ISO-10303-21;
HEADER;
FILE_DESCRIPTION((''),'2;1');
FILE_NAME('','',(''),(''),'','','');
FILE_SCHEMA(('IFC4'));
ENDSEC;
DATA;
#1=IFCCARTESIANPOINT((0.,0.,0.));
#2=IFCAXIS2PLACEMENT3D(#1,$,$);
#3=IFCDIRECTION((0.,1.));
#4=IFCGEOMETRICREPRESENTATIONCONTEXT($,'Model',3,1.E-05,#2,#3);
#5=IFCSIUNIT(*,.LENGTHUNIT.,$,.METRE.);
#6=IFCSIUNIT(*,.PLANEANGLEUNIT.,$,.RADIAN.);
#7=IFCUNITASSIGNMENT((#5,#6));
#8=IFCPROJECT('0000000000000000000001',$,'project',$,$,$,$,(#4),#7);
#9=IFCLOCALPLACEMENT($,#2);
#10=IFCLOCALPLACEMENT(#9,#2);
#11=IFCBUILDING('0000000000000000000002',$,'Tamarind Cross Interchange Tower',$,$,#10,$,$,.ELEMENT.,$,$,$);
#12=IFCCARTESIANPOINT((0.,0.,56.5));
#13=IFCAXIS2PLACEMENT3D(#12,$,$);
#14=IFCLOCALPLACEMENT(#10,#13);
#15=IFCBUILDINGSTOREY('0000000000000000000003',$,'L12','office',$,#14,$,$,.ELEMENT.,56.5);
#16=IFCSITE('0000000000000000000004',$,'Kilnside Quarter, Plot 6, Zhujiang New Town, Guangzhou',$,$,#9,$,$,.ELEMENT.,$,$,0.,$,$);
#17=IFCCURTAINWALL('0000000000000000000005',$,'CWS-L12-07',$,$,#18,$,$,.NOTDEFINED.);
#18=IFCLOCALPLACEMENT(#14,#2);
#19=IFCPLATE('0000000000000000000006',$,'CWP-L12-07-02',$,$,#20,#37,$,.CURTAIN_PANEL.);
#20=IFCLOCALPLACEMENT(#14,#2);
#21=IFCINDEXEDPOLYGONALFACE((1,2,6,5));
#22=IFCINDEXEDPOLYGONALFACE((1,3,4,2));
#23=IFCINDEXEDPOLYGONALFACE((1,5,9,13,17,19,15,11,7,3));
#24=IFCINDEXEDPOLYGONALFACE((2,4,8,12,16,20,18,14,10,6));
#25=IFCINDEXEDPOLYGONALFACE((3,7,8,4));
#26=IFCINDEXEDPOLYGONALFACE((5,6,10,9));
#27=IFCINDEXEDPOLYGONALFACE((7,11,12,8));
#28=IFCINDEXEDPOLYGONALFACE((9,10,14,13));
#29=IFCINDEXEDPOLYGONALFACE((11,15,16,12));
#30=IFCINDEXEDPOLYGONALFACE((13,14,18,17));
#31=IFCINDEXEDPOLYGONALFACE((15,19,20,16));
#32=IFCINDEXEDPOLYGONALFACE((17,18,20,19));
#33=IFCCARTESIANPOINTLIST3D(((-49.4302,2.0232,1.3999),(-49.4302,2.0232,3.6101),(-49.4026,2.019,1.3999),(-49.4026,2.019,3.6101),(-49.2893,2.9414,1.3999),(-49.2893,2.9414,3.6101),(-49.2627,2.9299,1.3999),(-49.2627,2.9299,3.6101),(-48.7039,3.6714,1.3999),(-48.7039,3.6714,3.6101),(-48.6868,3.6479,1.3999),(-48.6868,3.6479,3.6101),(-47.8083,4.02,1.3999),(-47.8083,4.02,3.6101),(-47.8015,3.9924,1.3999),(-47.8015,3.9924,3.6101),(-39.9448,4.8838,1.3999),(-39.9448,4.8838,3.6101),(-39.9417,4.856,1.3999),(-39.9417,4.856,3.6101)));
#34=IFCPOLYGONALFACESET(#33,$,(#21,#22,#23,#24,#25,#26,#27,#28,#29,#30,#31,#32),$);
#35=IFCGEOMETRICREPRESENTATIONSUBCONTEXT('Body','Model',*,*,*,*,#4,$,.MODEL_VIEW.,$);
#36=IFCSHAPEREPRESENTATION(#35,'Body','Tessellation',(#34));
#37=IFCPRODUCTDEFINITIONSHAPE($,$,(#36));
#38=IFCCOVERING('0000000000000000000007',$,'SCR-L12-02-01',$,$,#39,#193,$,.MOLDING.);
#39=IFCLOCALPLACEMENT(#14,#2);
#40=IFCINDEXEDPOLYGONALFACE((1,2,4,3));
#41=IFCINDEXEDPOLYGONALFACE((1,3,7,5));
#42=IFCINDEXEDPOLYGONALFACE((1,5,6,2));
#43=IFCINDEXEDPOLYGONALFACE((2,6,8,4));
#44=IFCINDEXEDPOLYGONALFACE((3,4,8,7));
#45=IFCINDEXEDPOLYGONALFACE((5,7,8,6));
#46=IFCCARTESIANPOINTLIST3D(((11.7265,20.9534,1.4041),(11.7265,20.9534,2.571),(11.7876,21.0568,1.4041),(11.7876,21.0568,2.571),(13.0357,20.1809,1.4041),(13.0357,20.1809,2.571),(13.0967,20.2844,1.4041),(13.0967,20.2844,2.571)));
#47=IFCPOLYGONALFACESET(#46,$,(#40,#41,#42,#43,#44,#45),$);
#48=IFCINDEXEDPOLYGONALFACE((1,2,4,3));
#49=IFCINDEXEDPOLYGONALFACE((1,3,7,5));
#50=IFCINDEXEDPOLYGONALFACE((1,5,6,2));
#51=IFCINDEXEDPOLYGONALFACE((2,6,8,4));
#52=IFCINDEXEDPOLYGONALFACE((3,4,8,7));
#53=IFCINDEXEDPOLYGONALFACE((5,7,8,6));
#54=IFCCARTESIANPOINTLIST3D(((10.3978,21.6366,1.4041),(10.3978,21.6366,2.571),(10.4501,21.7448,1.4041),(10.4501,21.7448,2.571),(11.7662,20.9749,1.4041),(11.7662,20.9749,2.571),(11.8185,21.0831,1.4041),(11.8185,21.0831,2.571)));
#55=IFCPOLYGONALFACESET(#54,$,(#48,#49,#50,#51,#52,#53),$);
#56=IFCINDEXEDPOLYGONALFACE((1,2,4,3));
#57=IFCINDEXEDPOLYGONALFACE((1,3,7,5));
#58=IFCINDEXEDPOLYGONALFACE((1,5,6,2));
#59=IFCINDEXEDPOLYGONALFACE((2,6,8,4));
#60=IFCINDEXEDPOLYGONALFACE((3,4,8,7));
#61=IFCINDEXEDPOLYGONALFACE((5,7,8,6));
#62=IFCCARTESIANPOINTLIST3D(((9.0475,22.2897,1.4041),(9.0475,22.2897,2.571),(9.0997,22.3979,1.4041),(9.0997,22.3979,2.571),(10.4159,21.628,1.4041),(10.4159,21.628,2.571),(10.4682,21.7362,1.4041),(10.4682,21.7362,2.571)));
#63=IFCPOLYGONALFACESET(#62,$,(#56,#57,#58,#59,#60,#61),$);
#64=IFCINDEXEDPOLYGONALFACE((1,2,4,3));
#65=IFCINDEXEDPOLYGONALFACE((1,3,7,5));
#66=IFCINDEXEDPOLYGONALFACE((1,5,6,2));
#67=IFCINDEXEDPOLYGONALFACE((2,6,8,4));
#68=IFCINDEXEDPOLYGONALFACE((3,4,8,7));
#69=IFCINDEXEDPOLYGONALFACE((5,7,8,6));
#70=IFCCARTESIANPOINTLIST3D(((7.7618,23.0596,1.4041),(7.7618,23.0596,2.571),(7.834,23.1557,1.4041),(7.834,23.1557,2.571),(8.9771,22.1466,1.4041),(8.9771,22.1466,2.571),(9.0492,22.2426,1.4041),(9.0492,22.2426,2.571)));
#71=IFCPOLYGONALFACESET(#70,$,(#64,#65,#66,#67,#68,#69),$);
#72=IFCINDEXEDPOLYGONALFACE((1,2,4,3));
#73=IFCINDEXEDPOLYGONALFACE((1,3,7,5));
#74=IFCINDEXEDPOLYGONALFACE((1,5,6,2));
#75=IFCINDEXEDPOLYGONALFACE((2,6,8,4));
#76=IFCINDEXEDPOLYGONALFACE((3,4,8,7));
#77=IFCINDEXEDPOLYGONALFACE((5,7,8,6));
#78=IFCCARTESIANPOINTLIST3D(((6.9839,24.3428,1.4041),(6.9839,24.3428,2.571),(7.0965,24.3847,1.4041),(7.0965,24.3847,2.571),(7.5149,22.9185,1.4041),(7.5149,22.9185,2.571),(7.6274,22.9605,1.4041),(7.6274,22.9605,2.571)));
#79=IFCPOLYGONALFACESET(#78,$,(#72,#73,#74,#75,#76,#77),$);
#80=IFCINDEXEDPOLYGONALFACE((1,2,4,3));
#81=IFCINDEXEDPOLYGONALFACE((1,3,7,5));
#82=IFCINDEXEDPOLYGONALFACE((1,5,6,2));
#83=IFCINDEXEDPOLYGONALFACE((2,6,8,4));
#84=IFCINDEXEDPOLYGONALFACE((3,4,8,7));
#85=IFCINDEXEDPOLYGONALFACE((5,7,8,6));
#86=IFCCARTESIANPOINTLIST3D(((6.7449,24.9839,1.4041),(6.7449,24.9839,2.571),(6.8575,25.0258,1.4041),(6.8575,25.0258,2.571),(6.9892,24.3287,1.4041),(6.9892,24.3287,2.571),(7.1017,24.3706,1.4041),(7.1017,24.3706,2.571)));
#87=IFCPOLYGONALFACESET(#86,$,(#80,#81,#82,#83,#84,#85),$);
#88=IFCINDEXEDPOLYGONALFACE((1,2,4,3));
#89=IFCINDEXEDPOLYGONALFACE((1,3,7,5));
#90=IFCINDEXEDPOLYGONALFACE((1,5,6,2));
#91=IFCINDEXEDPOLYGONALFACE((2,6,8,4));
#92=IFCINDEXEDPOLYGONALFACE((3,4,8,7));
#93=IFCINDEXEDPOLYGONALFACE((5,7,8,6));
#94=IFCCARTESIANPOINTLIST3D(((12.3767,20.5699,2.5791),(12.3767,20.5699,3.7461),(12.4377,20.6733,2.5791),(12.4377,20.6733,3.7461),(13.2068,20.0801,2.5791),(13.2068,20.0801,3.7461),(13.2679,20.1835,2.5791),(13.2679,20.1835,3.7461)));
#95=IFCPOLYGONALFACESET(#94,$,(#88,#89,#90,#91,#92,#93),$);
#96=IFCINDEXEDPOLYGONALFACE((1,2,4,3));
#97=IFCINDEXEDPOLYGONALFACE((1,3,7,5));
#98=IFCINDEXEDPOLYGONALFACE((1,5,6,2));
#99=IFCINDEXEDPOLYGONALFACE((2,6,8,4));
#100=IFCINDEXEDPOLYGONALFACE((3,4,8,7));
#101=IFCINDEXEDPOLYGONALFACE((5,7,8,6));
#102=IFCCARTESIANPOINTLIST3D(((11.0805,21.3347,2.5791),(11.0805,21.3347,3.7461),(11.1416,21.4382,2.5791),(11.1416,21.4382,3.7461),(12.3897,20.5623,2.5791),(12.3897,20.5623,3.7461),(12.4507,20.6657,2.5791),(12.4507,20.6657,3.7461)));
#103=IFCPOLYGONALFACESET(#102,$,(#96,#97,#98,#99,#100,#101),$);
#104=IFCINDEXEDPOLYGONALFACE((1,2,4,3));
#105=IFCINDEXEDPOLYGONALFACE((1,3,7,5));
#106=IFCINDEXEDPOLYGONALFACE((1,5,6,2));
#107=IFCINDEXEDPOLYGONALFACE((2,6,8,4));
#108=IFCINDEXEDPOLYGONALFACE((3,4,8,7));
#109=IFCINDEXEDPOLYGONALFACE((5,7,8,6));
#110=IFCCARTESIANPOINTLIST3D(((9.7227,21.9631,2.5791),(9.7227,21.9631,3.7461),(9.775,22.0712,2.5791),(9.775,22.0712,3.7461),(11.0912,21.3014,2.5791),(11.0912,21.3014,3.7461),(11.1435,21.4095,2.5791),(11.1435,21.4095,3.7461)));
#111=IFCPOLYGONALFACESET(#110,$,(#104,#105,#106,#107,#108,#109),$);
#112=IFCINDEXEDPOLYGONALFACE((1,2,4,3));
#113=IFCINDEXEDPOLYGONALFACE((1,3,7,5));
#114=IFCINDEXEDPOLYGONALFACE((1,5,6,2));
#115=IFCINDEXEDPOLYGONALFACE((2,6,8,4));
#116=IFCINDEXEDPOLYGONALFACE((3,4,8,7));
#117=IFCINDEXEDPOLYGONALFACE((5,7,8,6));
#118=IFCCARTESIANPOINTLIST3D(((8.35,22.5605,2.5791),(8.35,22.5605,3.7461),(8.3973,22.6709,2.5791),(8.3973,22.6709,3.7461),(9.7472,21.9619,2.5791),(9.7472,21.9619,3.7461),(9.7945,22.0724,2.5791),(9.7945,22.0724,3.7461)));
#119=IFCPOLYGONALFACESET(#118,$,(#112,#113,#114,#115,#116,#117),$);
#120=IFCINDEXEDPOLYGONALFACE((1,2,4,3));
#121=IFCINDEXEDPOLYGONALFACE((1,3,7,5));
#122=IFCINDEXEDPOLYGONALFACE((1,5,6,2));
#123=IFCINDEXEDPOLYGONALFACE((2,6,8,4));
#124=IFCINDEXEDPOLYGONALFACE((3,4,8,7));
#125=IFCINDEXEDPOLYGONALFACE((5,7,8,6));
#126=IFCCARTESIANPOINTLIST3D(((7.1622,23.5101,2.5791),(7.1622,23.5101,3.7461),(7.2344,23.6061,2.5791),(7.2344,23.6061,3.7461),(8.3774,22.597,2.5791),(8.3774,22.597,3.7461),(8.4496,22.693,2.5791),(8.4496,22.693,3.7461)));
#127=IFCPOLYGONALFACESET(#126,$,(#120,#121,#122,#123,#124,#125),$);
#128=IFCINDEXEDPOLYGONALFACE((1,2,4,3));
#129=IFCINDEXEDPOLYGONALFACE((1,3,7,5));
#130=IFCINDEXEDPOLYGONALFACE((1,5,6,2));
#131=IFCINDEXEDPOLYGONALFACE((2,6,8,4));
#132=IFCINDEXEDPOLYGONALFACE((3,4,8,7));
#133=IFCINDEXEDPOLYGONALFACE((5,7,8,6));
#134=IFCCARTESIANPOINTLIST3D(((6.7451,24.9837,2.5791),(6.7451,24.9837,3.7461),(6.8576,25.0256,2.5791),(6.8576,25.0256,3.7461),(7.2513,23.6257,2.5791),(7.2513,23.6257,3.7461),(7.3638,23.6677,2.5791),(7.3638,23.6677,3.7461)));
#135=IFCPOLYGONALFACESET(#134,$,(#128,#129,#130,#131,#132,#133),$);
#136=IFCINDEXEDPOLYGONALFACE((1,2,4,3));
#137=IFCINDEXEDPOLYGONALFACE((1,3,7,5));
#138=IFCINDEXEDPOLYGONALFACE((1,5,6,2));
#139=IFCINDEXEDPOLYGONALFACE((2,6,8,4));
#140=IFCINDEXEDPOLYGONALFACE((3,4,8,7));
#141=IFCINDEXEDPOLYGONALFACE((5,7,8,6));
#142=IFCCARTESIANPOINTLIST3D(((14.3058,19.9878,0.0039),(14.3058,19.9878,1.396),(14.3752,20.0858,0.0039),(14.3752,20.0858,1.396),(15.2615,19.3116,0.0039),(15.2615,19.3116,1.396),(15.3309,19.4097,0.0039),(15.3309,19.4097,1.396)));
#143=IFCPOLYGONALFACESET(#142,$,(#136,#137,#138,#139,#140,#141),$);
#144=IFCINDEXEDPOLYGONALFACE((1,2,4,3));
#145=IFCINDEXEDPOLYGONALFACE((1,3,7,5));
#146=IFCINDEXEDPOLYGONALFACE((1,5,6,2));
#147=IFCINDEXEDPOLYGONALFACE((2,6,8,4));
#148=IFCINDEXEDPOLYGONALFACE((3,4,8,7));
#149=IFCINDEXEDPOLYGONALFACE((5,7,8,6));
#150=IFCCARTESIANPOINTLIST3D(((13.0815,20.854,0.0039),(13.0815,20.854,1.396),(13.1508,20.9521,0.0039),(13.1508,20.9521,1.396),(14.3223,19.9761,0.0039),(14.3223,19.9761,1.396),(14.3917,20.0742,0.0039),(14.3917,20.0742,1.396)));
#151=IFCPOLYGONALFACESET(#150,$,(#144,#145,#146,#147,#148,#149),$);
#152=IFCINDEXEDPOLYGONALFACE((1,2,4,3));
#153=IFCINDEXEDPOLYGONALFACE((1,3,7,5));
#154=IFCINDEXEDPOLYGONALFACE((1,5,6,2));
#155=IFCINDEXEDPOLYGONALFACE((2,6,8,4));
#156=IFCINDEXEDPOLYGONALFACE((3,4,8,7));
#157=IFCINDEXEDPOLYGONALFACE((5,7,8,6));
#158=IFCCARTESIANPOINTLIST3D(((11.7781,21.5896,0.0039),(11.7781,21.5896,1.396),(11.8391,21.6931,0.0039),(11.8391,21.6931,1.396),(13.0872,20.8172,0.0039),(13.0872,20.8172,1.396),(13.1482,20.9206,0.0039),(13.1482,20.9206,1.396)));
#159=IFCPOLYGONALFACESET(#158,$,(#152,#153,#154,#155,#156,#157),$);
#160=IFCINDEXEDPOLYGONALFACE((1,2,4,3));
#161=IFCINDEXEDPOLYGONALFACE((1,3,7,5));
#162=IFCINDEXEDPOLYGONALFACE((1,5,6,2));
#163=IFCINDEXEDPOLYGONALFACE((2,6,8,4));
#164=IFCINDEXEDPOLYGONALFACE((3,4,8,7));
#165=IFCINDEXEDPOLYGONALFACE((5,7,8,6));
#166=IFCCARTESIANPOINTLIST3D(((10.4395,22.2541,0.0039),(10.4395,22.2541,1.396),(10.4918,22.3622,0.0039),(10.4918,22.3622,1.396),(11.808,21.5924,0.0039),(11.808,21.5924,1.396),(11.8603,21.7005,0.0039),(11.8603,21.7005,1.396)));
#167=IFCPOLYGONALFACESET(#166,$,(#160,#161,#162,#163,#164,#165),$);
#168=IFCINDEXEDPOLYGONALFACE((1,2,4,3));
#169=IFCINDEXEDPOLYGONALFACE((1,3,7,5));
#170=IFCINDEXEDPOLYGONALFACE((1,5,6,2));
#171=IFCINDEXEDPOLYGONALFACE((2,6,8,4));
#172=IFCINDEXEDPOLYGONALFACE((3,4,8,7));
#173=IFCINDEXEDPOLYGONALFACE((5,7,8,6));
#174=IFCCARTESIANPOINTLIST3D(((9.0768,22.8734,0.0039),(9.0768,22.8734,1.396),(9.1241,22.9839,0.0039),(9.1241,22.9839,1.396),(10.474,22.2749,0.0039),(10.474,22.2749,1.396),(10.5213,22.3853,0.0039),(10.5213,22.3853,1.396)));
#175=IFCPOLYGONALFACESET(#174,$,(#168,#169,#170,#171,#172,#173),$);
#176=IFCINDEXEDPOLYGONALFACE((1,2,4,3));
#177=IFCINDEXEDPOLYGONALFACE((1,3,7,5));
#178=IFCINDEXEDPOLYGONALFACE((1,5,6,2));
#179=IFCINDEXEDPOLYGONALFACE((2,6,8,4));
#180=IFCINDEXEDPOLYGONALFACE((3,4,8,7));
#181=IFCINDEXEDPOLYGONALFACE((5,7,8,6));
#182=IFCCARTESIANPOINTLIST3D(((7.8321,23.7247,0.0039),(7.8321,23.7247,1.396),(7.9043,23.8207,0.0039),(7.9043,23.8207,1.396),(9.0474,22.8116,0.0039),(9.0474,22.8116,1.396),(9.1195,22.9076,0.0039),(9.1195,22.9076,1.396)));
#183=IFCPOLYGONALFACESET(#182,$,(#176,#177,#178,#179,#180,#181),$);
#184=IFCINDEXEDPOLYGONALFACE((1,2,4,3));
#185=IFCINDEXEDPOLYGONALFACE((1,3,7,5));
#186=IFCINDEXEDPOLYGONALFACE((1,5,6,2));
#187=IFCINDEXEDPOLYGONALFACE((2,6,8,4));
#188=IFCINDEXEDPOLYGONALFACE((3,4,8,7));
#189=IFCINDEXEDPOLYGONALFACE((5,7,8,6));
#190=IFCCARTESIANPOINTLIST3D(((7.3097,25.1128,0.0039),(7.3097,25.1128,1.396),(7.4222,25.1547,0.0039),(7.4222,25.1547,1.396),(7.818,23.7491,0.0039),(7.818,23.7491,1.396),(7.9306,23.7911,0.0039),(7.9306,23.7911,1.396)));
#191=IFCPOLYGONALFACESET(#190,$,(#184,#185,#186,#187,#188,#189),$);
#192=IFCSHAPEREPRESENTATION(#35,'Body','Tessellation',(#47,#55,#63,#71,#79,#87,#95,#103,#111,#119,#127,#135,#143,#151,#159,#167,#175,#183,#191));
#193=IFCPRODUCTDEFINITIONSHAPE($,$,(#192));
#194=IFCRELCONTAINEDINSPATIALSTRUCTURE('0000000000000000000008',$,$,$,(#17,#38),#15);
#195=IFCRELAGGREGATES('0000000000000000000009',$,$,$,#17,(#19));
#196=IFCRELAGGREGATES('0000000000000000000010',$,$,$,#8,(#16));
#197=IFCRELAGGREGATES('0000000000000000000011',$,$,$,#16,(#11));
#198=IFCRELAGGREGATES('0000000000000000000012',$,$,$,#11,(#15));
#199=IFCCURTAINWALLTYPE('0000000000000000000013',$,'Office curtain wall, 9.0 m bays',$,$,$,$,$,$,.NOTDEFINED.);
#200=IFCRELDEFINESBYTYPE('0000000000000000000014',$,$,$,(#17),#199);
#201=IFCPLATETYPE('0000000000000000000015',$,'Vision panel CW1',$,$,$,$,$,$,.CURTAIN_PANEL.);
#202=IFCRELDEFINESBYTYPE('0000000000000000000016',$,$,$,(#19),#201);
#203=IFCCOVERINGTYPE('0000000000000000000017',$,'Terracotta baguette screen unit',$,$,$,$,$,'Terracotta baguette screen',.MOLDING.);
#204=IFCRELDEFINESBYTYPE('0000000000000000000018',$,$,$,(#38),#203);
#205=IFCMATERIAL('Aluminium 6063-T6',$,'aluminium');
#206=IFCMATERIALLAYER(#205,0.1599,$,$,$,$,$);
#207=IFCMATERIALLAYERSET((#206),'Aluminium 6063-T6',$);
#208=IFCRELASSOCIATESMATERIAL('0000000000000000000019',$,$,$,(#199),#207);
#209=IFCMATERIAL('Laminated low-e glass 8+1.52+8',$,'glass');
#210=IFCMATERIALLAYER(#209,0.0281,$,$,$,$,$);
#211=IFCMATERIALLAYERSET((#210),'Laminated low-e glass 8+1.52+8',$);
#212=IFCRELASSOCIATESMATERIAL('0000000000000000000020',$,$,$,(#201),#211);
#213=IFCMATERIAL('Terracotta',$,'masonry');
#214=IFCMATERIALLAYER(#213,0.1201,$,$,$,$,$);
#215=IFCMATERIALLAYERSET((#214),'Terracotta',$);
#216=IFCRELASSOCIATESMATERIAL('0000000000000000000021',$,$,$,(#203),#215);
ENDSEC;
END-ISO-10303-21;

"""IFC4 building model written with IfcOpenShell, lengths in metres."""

from ifc_helpers import new_model, si_unit, direction, frame, origin, origin_2d, place, context, subcontext, project, spatial, polyline, rectangle, outline, extrude, material, layer, layer_set, type_object, element, aggregate, save


model = new_model("IFC4")

# Units and contexts
model_context = context("Model", 3, precision=1e-05, world=origin(), true_north=direction((0.0, 1.0)))
body_context = subcontext(model_context, "Body", "Model", "MODEL_VIEW")
ifc_project = project(units=[si_unit("LENGTHUNIT", "METRE"), si_unit("PLANEANGLEUNIT", "RADIAN")], contexts=[model_context])

# Site, building, storey
site_placement = place(None, origin())
site = spatial("IfcSite", under=ifc_project, at=site_placement, Name="Kilnside Quarter, Plot 6, Zhujiang New Town, Guangzhou", CompositionType="ELEMENT", RefElevation=0.0)
building_placement = place(site_placement, origin())
building = spatial("IfcBuilding", under=site, at=building_placement, Name="Tamarind Cross Interchange Tower", CompositionType="ELEMENT")
storey_placement = place(building_placement, frame((0.0, 0.0, 56.5)))
storey = spatial("IfcBuildingStorey", under=building, at=storey_placement, Name="L12", Description="office", CompositionType="ELEMENT", Elevation=56.5)

# Curtain wall
ifc_material_1 = material(Name="Aluminium 6063-T6", Category="aluminium")
ifc_layer_1 = layer(ifc_material_1, 0.1599)
ifc_layer_set_1 = layer_set([ifc_layer_1], Name="Aluminium 6063-T6")
curtain_wall_type = type_object("IfcCurtainWallType", Name="Office curtain wall, 9.0 m bays", PredefinedType="NOTDEFINED", material=ifc_layer_set_1)
curtain_wall_1_placement = place(storey_placement, origin())
curtain_wall_1 = element("IfcCurtainWall", 1, at=curtain_wall_1_placement, inside=storey, type_object=curtain_wall_type, Name="CWS-L12-07", PredefinedType="NOTDEFINED")

# Plate
ifc_material_2 = material(Name="Laminated low-e glass 8+1.52+8", Category="glass")
ifc_layer_2 = layer(ifc_material_2, 0.0281)
ifc_layer_set_2 = layer_set([ifc_layer_2], Name="Laminated low-e glass 8+1.52+8")
plate_type = type_object("IfcPlateType", Name="Vision panel CW1", PredefinedType="CURTAIN_PANEL", material=ifc_layer_set_2)
plate_1_placement = place(storey_placement, frame((0.0, 0.0, 1.3999)))
plate_1 = element("IfcPlate", 2, at=plate_1_placement, type_object=plate_type, Name="CWP-L12-07-02", PredefinedType="CURTAIN_PANEL", context=body_context, shape_type="SweptSolid", body=[
    extrude(outline(polyline([(-39.9417, 4.856), (-47.8015, 3.9924), (-48.6868, 3.6479), (-49.2627, 2.9299), (-49.4026, 2.019), (-49.4302, 2.0232), (-49.2893, 2.9414), (-48.7039, 3.6714), (-47.8083, 4.02), (-39.9448, 4.8838), (-39.9417, 4.856)])), origin(), (0.0, 0.0, 1.0), 2.2102),
])
aggregate(curtain_wall_1, [plate_1])

# Covering
ifc_material_3 = material(Name="Terracotta", Category="masonry")
ifc_layer_3 = layer(ifc_material_3, 0.1201)
ifc_layer_set_3 = layer_set([ifc_layer_3], Name="Terracotta")
covering_type = type_object("IfcCoveringType", Name="Terracotta baguette screen unit", ElementType="Terracotta baguette screen", PredefinedType="MOLDING", material=ifc_layer_set_3)
covering_1_placement = place(storey_placement, origin())
element("IfcCovering", 3, at=covering_1_placement, inside=storey, type_object=covering_type, Name="SCR-L12-02-01", PredefinedType="MOLDING", context=body_context, shape_type="SweptSolid", body=[
    extrude(rectangle(XDim=1.52, YDim=0.1201, at=origin_2d()), frame((12.4116, 20.6189, 1.4041), z_axis=(0.0, 0.0, 1.0), x_axis=(-0.861249, 0.508183, 0.0)), (0.0, 0.0, 1.0), 1.167),
    extrude(rectangle(XDim=1.52, YDim=0.1201, at=origin_2d()), frame((11.1082, 21.3599, 1.4041), z_axis=(0.0, 0.0, 1.0), x_axis=(-0.900273, 0.435326, 0.0)), (0.0, 0.0, 1.0), 1.167),
    extrude(rectangle(XDim=1.52, YDim=0.1201, at=origin_2d()), frame((9.7578, 22.0129, 1.4041), z_axis=(0.0, 0.0, 1.0), x_axis=(-0.900273, 0.435326, 0.0)), (0.0, 0.0, 1.0), 1.167),
    extrude(rectangle(XDim=1.52, YDim=0.1201, at=origin_2d()), frame((8.4055, 22.6511, 1.4041), z_axis=(0.0, 0.0, 1.0), x_axis=(-0.799479, 0.600694, 0.0)), (0.0, 0.0, 1.0), 1.167),
    extrude(rectangle(XDim=1.52, YDim=0.1201, at=origin_2d()), frame((7.3057, 23.6516, 1.4041), z_axis=(0.0, 0.0, 1.0), x_axis=(-0.349297, 0.937012, 0.0)), (0.0, 0.0, 1.0), 1.167),
    extrude(rectangle(XDim=0.6992, YDim=0.1201, at=origin_2d()), frame((6.9233, 24.6772, 1.4041), z_axis=(0.0, 0.0, 1.0), x_axis=(-0.349297, 0.937012, 0.0)), (0.0, 0.0, 1.0), 1.167),
    extrude(rectangle(XDim=0.9639, YDim=0.1201, at=origin_2d()), frame((12.8223, 20.3767, 2.5791), z_axis=(0.0, 0.0, 1.0), x_axis=(-0.861249, 0.508183, 0.0)), (0.0, 0.0, 1.0), 1.167),
    extrude(rectangle(XDim=1.52, YDim=0.1201, at=origin_2d()), frame((11.7656, 21.0002, 2.5791), z_axis=(0.0, 0.0, 1.0), x_axis=(-0.861249, 0.508183, 0.0)), (0.0, 0.0, 1.0), 1.167),
    extrude(rectangle(XDim=1.52, YDim=0.1201, at=origin_2d()), frame((10.4331, 21.6863, 2.5791), z_axis=(0.0, 0.0, 1.0), x_axis=(-0.900273, 0.435326, 0.0)), (0.0, 0.0, 1.0), 1.167),
    extrude(rectangle(XDim=1.52, YDim=0.1201, at=origin_2d()), frame((9.0723, 22.3164, 2.5791), z_axis=(0.0, 0.0, 1.0), x_axis=(-0.919218, 0.393749, 0.0)), (0.0, 0.0, 1.0), 1.167),
    extrude(rectangle(XDim=1.52, YDim=0.1201, at=origin_2d()), frame((7.8059, 23.1016, 2.5791), z_axis=(0.0, 0.0, 1.0), x_axis=(-0.799479, 0.600694, 0.0)), (0.0, 0.0, 1.0), 1.167),
    extrude(rectangle(XDim=1.4492, YDim=0.1201, at=origin_2d()), frame((7.0544, 24.3257, 2.5791), z_axis=(0.0, 0.0, 1.0), x_axis=(-0.349297, 0.937012, 0.0)), (0.0, 0.0, 1.0), 1.167),
    extrude(rectangle(XDim=1.1707, YDim=0.1201, at=origin_2d()), frame((14.8184, 19.6987, 0.0039), z_axis=(0.0, 0.0, 1.0), x_axis=(-0.816342, 0.577569, 0.0)), (0.0, 0.0, 1.0), 1.3921),
    extrude(rectangle(XDim=1.52, YDim=0.1201, at=origin_2d()), frame((13.7366, 20.4641, 0.0039), z_axis=(0.0, 0.0, 1.0), x_axis=(-0.816342, 0.577569, 0.0)), (0.0, 0.0, 1.0), 1.3921),
    extrude(rectangle(XDim=1.52, YDim=0.1201, at=origin_2d()), frame((12.4631, 21.2551, 0.0039), z_axis=(0.0, 0.0, 1.0), x_axis=(-0.861249, 0.508183, 0.0)), (0.0, 0.0, 1.0), 1.3921),
    extrude(rectangle(XDim=1.52, YDim=0.1201, at=origin_2d()), frame((11.1499, 21.9773, 0.0039), z_axis=(0.0, 0.0, 1.0), x_axis=(-0.900273, 0.435326, 0.0)), (0.0, 0.0, 1.0), 1.3921),
    extrude(rectangle(XDim=1.52, YDim=0.1201, at=origin_2d()), frame((9.7991, 22.6294, 0.0039), z_axis=(0.0, 0.0, 1.0), x_axis=(-0.919218, 0.393749, 0.0)), (0.0, 0.0, 1.0), 1.3921),
    extrude(rectangle(XDim=1.52, YDim=0.1201, at=origin_2d()), frame((8.4758, 23.3162, 0.0039), z_axis=(0.0, 0.0, 1.0), x_axis=(-0.799479, 0.600694, 0.0)), (0.0, 0.0, 1.0), 1.3921),
    extrude(rectangle(XDim=1.4553, YDim=0.1201, at=origin_2d()), frame((7.6201, 24.4519, 0.0039), z_axis=(0.0, 0.0, 1.0), x_axis=(-0.349297, 0.937012, 0.0)), (0.0, 0.0, 1.0), 1.3921),
])

save(model, "model.ifc")
